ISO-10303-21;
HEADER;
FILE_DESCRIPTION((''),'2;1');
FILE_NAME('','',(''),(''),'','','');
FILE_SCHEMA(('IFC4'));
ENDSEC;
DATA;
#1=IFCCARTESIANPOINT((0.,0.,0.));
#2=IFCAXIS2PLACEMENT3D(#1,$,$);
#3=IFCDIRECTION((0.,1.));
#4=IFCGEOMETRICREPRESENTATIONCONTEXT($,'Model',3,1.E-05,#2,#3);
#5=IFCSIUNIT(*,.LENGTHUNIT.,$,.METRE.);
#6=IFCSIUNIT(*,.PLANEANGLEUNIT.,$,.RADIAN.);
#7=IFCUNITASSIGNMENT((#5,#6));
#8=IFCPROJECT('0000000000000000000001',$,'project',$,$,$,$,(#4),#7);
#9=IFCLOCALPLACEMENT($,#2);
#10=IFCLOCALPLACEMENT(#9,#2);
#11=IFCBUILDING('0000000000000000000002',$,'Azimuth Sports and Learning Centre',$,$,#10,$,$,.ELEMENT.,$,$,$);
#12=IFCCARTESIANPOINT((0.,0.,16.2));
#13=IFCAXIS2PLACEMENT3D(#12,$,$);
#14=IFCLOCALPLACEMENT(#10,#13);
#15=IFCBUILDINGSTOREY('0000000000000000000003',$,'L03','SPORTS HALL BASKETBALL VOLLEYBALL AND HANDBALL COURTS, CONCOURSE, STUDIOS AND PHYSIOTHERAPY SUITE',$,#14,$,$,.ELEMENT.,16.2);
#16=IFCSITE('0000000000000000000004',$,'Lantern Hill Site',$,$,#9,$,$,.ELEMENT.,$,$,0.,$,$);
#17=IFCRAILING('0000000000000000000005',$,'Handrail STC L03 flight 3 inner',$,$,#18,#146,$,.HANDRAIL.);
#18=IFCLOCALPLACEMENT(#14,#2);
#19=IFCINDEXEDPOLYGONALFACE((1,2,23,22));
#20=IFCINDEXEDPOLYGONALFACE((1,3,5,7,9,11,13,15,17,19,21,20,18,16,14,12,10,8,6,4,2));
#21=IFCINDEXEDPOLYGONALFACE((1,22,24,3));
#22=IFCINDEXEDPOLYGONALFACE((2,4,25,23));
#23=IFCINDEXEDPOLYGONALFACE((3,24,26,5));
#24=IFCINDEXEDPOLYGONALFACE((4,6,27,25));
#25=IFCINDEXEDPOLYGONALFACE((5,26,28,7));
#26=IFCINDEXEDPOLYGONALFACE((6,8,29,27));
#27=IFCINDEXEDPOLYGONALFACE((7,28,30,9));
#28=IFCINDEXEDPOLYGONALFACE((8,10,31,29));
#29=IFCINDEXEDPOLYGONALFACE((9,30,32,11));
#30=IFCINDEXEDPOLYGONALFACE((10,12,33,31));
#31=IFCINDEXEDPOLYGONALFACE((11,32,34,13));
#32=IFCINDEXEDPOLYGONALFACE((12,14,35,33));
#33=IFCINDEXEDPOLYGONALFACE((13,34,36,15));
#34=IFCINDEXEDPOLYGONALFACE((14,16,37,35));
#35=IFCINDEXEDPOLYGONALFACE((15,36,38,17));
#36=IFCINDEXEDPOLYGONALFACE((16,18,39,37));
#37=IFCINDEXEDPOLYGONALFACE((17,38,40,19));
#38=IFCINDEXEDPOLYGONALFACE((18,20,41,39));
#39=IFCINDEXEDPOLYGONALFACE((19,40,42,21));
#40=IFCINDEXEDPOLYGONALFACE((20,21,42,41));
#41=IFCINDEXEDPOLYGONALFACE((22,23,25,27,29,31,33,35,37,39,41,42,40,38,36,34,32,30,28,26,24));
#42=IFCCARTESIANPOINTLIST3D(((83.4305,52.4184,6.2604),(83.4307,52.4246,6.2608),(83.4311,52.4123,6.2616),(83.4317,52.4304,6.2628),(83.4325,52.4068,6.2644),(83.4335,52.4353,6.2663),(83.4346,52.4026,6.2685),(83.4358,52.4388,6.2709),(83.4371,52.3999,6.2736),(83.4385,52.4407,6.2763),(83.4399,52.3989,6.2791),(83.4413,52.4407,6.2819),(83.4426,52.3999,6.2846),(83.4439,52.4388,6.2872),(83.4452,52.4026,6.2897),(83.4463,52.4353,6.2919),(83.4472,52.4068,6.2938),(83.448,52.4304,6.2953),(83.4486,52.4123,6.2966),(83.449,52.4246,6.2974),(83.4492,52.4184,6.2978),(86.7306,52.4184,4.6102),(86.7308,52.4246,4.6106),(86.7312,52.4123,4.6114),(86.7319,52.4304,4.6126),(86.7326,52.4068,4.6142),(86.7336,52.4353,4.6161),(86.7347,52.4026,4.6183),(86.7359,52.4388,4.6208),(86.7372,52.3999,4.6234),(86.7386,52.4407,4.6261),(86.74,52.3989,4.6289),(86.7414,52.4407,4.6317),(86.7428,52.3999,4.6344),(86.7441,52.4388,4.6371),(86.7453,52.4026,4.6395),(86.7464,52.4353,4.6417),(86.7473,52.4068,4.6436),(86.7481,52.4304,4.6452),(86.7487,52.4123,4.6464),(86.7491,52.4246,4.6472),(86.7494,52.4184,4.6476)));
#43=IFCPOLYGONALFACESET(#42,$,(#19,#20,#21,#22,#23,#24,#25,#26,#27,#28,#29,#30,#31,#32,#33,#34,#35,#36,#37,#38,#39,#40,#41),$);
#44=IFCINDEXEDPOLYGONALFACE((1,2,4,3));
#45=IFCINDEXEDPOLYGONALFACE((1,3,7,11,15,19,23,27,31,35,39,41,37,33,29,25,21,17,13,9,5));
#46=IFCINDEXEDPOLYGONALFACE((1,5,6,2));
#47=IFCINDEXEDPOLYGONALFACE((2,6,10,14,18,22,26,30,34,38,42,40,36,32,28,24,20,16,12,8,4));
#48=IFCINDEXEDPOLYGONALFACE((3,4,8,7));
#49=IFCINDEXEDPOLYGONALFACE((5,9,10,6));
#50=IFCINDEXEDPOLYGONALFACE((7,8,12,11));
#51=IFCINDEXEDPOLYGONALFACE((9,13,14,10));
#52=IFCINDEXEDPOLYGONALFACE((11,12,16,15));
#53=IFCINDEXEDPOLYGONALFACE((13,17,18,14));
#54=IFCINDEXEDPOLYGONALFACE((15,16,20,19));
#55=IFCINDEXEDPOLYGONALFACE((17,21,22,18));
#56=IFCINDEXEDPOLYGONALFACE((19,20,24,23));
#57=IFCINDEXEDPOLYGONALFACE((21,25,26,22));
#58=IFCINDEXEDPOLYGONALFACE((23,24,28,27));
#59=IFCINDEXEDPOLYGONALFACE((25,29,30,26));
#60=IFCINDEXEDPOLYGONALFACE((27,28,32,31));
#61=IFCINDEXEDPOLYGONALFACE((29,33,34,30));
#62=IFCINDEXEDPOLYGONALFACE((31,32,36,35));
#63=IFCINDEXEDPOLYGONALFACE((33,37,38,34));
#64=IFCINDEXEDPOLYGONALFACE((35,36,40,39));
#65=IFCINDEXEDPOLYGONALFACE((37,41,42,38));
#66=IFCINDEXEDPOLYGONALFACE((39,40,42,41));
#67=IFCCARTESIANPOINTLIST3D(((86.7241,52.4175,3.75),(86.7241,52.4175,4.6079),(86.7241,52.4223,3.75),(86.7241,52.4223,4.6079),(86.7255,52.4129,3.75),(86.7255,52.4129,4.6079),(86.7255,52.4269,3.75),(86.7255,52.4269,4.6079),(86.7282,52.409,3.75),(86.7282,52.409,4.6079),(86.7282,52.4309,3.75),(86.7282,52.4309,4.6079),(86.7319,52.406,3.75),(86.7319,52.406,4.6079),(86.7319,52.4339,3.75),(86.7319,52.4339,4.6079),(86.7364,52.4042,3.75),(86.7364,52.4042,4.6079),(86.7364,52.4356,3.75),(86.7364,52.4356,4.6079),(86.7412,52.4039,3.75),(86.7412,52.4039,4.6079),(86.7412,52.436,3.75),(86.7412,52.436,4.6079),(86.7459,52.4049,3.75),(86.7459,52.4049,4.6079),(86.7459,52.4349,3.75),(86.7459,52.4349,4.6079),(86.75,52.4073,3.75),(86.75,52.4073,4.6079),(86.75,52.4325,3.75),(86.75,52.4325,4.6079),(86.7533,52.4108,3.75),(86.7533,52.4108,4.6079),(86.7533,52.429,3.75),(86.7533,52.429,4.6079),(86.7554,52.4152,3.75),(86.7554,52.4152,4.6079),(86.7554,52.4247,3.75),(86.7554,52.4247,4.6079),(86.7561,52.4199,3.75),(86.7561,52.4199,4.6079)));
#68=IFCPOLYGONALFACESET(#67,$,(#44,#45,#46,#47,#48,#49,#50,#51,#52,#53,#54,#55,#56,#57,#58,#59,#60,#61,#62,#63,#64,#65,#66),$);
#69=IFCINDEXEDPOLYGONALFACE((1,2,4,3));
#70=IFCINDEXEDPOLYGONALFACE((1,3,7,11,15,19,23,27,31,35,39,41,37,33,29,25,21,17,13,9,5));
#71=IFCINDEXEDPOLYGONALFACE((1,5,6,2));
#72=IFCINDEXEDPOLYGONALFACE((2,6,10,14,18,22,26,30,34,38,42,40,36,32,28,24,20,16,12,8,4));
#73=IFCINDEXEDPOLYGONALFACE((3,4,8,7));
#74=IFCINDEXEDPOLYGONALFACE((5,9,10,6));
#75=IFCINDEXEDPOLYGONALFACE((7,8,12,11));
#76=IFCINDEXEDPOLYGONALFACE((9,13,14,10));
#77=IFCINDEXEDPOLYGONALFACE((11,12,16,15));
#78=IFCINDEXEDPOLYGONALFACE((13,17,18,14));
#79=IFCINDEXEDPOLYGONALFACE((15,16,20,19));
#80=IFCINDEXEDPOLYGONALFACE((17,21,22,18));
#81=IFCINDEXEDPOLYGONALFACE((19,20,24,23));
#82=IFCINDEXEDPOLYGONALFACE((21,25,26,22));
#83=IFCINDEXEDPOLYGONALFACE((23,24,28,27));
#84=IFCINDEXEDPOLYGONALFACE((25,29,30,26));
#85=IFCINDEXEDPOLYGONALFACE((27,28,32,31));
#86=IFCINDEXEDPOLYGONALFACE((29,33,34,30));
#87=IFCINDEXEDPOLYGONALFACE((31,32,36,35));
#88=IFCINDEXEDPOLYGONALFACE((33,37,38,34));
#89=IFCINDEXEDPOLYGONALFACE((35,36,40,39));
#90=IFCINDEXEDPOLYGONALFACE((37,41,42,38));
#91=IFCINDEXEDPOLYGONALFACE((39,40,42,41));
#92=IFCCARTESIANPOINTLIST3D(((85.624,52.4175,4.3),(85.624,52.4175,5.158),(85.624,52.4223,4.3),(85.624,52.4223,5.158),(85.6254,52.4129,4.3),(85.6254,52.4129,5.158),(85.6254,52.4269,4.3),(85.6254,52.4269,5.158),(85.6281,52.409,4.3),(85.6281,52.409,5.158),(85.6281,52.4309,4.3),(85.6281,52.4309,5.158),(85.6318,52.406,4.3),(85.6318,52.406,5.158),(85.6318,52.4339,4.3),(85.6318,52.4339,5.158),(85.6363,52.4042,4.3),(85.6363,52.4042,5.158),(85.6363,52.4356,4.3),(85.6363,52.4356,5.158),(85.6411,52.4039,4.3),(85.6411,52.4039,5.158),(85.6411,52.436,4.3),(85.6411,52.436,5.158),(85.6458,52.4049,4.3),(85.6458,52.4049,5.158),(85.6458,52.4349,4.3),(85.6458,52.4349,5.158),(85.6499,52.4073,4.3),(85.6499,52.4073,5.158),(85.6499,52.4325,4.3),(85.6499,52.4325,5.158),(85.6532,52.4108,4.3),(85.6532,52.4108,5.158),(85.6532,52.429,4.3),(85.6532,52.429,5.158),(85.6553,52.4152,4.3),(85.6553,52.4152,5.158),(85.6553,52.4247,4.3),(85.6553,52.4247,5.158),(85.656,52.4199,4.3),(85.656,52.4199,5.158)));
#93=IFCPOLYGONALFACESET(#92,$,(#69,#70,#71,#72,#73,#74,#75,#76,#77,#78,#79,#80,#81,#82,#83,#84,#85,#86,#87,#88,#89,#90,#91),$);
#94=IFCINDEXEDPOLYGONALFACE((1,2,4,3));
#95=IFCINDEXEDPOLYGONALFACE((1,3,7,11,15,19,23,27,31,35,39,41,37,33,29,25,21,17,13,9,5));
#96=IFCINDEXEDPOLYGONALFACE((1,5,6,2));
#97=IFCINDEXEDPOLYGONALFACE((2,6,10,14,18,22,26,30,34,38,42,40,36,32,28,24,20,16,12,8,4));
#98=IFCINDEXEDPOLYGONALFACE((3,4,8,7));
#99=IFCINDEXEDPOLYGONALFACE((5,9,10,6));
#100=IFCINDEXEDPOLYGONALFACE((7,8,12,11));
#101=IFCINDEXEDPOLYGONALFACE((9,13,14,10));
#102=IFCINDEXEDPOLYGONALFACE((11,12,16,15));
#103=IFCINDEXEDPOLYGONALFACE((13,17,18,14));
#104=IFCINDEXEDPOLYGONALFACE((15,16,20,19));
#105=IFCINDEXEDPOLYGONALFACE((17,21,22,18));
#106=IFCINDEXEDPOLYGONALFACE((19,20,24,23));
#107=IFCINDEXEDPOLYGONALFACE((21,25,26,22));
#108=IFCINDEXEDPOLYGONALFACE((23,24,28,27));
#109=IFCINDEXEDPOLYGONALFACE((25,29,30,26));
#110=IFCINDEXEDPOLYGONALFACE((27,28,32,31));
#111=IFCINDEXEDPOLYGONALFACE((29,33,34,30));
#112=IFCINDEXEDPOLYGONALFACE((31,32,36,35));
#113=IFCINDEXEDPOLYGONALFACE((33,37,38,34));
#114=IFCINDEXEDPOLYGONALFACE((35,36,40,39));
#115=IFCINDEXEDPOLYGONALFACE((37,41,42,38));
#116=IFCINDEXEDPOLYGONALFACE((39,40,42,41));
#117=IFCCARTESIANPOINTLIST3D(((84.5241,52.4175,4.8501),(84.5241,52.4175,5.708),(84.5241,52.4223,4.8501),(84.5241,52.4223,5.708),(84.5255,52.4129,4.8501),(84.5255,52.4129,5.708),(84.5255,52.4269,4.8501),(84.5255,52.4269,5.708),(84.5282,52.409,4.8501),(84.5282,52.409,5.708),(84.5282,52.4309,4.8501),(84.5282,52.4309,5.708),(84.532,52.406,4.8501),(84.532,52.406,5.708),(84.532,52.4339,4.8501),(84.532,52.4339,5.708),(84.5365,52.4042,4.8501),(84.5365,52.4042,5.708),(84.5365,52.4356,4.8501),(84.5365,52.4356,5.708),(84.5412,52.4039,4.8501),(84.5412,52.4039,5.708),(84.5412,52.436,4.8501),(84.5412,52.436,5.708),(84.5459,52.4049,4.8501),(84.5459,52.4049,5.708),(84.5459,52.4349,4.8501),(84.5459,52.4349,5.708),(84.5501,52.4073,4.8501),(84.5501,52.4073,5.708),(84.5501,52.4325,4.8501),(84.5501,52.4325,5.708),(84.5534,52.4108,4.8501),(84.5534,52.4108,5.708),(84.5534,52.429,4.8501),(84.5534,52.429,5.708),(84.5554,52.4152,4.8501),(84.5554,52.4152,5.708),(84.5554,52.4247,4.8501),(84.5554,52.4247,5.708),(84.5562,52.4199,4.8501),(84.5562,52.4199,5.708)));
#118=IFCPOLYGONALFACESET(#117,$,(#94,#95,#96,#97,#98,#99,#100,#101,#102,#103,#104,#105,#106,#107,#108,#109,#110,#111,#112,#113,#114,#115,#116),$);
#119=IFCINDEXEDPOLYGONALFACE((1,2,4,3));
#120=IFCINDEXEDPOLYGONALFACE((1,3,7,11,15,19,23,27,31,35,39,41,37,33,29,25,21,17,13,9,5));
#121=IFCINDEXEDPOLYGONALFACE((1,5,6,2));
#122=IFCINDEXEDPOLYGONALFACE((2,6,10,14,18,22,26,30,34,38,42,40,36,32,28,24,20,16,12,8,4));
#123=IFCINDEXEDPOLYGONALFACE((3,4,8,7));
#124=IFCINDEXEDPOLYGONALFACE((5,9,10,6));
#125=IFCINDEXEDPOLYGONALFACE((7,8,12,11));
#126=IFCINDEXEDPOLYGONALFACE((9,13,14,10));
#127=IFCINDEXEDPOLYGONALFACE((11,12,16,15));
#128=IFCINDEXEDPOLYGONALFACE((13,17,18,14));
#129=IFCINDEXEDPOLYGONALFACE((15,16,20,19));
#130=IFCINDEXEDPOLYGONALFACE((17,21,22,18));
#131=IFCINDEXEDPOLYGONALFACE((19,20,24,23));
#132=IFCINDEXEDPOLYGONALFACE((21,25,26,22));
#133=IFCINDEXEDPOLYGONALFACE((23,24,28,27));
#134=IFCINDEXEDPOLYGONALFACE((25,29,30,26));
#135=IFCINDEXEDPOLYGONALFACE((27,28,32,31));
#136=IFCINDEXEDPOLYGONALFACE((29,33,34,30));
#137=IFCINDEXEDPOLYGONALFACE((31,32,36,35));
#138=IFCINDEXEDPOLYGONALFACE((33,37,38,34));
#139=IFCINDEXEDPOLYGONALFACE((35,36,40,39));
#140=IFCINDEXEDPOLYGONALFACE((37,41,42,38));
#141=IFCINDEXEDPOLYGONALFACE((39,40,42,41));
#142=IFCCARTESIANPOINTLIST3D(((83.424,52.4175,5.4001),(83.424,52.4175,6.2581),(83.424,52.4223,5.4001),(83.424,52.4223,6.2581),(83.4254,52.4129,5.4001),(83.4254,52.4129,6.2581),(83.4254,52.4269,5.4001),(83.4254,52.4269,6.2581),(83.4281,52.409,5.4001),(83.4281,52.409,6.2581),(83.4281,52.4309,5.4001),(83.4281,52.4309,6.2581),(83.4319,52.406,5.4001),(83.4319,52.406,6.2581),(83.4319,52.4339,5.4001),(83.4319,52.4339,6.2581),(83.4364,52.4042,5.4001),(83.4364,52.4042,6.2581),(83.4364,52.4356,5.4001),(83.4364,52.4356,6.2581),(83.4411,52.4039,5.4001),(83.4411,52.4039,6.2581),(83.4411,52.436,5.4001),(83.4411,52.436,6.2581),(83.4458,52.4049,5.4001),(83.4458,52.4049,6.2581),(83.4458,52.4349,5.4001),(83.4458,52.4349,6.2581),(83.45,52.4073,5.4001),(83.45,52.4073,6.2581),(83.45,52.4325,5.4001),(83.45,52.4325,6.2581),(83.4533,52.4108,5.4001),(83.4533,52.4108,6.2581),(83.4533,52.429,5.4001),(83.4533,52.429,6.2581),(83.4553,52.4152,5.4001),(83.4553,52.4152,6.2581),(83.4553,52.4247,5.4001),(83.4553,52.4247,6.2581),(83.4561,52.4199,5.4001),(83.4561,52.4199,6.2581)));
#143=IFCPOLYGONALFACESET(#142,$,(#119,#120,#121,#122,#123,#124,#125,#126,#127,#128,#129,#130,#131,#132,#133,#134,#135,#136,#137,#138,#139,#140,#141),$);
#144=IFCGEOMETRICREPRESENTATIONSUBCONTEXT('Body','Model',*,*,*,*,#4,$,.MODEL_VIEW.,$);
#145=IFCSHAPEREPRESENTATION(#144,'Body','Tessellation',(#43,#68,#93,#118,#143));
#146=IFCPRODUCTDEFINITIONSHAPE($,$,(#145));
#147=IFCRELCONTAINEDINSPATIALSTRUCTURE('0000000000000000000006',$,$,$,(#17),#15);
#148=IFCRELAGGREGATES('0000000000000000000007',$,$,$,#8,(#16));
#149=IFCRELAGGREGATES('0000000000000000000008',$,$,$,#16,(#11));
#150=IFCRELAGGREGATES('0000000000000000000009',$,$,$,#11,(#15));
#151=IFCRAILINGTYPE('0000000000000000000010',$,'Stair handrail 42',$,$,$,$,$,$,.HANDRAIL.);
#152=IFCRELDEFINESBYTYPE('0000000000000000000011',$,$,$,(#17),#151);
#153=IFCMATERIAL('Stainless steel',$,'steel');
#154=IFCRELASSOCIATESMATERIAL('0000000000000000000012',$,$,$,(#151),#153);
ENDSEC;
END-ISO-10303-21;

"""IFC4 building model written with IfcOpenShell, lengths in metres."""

from ifc_helpers import new_model, si_unit, direction, frame, origin, origin_2d, place, context, subcontext, project, spatial, circle, extrude, material, type_object, element, save


model = new_model("IFC4")

# Units and contexts
model_context = context("Model", 3, precision=1e-05, world=origin(), true_north=direction((0.0, 1.0)))
body_context = subcontext(model_context, "Body", "Model", "MODEL_VIEW")
ifc_project = project(units=[si_unit("LENGTHUNIT", "METRE"), si_unit("PLANEANGLEUNIT", "RADIAN")], contexts=[model_context])

# Site, building, storey
site_placement = place(None, origin())
site = spatial("IfcSite", under=ifc_project, at=site_placement, Name="Lantern Hill Site", CompositionType="ELEMENT", RefElevation=0.0)
building_placement = place(site_placement, origin())
building = spatial("IfcBuilding", under=site, at=building_placement, Name="Azimuth Sports and Learning Centre", CompositionType="ELEMENT")
storey_placement = place(building_placement, frame((0.0, 0.0, 16.2)))
storey = spatial("IfcBuildingStorey", under=building, at=storey_placement, Name="L03", Description="SPORTS HALL BASKETBALL VOLLEYBALL AND HANDBALL COURTS, CONCOURSE, STUDIOS AND PHYSIOTHERAPY SUITE", CompositionType="ELEMENT", Elevation=16.2)

# Railing
ifc_material_1 = material(Name="Stainless steel", Category="steel")
railing_type_1 = type_object("IfcRailingType", Name="Stair handrail 42", PredefinedType="HANDRAIL", material=ifc_material_1)
for number, where, name in (
    (1, (86.74, 52.4199, 3.75), "Handrail STC L03 flight 3 inner"),
):
    element("IfcRailing", number, at=place(storey_placement, frame(where)), inside=storey, type_object=railing_type_1, Name=name, PredefinedType="HANDRAIL", context=body_context, shape_type="SweptSolid", body=[
        extrude(circle(Radius=0.021, at=origin_2d()), frame((0.0, 0.0, 0.8789), z_axis=(-0.894414, 0.0, 0.44724), x_axis=(0.0, -1.0, 0.0)), (0.0, 0.0, 1.0), 3.6897),
        extrude(circle(Radius=0.0161, at=origin_2d()), origin(), (0.0, 0.0, 1.0), 0.8579),
        extrude(circle(Radius=0.0161, at=origin_2d()), frame((-1.1001, 0.0, 0.55)), (0.0, 0.0, 1.0), 0.8579),
        extrude(circle(Radius=0.0161, at=origin_2d()), frame((-2.2, 0.0, 1.1001)), (0.0, 0.0, 1.0), 0.8579),
        extrude(circle(Radius=0.0161, at=origin_2d()), frame((-3.3, 0.0, 1.6501)), (0.0, 0.0, 1.0), 0.8579),
    ])

save(model, "model.ifc")
